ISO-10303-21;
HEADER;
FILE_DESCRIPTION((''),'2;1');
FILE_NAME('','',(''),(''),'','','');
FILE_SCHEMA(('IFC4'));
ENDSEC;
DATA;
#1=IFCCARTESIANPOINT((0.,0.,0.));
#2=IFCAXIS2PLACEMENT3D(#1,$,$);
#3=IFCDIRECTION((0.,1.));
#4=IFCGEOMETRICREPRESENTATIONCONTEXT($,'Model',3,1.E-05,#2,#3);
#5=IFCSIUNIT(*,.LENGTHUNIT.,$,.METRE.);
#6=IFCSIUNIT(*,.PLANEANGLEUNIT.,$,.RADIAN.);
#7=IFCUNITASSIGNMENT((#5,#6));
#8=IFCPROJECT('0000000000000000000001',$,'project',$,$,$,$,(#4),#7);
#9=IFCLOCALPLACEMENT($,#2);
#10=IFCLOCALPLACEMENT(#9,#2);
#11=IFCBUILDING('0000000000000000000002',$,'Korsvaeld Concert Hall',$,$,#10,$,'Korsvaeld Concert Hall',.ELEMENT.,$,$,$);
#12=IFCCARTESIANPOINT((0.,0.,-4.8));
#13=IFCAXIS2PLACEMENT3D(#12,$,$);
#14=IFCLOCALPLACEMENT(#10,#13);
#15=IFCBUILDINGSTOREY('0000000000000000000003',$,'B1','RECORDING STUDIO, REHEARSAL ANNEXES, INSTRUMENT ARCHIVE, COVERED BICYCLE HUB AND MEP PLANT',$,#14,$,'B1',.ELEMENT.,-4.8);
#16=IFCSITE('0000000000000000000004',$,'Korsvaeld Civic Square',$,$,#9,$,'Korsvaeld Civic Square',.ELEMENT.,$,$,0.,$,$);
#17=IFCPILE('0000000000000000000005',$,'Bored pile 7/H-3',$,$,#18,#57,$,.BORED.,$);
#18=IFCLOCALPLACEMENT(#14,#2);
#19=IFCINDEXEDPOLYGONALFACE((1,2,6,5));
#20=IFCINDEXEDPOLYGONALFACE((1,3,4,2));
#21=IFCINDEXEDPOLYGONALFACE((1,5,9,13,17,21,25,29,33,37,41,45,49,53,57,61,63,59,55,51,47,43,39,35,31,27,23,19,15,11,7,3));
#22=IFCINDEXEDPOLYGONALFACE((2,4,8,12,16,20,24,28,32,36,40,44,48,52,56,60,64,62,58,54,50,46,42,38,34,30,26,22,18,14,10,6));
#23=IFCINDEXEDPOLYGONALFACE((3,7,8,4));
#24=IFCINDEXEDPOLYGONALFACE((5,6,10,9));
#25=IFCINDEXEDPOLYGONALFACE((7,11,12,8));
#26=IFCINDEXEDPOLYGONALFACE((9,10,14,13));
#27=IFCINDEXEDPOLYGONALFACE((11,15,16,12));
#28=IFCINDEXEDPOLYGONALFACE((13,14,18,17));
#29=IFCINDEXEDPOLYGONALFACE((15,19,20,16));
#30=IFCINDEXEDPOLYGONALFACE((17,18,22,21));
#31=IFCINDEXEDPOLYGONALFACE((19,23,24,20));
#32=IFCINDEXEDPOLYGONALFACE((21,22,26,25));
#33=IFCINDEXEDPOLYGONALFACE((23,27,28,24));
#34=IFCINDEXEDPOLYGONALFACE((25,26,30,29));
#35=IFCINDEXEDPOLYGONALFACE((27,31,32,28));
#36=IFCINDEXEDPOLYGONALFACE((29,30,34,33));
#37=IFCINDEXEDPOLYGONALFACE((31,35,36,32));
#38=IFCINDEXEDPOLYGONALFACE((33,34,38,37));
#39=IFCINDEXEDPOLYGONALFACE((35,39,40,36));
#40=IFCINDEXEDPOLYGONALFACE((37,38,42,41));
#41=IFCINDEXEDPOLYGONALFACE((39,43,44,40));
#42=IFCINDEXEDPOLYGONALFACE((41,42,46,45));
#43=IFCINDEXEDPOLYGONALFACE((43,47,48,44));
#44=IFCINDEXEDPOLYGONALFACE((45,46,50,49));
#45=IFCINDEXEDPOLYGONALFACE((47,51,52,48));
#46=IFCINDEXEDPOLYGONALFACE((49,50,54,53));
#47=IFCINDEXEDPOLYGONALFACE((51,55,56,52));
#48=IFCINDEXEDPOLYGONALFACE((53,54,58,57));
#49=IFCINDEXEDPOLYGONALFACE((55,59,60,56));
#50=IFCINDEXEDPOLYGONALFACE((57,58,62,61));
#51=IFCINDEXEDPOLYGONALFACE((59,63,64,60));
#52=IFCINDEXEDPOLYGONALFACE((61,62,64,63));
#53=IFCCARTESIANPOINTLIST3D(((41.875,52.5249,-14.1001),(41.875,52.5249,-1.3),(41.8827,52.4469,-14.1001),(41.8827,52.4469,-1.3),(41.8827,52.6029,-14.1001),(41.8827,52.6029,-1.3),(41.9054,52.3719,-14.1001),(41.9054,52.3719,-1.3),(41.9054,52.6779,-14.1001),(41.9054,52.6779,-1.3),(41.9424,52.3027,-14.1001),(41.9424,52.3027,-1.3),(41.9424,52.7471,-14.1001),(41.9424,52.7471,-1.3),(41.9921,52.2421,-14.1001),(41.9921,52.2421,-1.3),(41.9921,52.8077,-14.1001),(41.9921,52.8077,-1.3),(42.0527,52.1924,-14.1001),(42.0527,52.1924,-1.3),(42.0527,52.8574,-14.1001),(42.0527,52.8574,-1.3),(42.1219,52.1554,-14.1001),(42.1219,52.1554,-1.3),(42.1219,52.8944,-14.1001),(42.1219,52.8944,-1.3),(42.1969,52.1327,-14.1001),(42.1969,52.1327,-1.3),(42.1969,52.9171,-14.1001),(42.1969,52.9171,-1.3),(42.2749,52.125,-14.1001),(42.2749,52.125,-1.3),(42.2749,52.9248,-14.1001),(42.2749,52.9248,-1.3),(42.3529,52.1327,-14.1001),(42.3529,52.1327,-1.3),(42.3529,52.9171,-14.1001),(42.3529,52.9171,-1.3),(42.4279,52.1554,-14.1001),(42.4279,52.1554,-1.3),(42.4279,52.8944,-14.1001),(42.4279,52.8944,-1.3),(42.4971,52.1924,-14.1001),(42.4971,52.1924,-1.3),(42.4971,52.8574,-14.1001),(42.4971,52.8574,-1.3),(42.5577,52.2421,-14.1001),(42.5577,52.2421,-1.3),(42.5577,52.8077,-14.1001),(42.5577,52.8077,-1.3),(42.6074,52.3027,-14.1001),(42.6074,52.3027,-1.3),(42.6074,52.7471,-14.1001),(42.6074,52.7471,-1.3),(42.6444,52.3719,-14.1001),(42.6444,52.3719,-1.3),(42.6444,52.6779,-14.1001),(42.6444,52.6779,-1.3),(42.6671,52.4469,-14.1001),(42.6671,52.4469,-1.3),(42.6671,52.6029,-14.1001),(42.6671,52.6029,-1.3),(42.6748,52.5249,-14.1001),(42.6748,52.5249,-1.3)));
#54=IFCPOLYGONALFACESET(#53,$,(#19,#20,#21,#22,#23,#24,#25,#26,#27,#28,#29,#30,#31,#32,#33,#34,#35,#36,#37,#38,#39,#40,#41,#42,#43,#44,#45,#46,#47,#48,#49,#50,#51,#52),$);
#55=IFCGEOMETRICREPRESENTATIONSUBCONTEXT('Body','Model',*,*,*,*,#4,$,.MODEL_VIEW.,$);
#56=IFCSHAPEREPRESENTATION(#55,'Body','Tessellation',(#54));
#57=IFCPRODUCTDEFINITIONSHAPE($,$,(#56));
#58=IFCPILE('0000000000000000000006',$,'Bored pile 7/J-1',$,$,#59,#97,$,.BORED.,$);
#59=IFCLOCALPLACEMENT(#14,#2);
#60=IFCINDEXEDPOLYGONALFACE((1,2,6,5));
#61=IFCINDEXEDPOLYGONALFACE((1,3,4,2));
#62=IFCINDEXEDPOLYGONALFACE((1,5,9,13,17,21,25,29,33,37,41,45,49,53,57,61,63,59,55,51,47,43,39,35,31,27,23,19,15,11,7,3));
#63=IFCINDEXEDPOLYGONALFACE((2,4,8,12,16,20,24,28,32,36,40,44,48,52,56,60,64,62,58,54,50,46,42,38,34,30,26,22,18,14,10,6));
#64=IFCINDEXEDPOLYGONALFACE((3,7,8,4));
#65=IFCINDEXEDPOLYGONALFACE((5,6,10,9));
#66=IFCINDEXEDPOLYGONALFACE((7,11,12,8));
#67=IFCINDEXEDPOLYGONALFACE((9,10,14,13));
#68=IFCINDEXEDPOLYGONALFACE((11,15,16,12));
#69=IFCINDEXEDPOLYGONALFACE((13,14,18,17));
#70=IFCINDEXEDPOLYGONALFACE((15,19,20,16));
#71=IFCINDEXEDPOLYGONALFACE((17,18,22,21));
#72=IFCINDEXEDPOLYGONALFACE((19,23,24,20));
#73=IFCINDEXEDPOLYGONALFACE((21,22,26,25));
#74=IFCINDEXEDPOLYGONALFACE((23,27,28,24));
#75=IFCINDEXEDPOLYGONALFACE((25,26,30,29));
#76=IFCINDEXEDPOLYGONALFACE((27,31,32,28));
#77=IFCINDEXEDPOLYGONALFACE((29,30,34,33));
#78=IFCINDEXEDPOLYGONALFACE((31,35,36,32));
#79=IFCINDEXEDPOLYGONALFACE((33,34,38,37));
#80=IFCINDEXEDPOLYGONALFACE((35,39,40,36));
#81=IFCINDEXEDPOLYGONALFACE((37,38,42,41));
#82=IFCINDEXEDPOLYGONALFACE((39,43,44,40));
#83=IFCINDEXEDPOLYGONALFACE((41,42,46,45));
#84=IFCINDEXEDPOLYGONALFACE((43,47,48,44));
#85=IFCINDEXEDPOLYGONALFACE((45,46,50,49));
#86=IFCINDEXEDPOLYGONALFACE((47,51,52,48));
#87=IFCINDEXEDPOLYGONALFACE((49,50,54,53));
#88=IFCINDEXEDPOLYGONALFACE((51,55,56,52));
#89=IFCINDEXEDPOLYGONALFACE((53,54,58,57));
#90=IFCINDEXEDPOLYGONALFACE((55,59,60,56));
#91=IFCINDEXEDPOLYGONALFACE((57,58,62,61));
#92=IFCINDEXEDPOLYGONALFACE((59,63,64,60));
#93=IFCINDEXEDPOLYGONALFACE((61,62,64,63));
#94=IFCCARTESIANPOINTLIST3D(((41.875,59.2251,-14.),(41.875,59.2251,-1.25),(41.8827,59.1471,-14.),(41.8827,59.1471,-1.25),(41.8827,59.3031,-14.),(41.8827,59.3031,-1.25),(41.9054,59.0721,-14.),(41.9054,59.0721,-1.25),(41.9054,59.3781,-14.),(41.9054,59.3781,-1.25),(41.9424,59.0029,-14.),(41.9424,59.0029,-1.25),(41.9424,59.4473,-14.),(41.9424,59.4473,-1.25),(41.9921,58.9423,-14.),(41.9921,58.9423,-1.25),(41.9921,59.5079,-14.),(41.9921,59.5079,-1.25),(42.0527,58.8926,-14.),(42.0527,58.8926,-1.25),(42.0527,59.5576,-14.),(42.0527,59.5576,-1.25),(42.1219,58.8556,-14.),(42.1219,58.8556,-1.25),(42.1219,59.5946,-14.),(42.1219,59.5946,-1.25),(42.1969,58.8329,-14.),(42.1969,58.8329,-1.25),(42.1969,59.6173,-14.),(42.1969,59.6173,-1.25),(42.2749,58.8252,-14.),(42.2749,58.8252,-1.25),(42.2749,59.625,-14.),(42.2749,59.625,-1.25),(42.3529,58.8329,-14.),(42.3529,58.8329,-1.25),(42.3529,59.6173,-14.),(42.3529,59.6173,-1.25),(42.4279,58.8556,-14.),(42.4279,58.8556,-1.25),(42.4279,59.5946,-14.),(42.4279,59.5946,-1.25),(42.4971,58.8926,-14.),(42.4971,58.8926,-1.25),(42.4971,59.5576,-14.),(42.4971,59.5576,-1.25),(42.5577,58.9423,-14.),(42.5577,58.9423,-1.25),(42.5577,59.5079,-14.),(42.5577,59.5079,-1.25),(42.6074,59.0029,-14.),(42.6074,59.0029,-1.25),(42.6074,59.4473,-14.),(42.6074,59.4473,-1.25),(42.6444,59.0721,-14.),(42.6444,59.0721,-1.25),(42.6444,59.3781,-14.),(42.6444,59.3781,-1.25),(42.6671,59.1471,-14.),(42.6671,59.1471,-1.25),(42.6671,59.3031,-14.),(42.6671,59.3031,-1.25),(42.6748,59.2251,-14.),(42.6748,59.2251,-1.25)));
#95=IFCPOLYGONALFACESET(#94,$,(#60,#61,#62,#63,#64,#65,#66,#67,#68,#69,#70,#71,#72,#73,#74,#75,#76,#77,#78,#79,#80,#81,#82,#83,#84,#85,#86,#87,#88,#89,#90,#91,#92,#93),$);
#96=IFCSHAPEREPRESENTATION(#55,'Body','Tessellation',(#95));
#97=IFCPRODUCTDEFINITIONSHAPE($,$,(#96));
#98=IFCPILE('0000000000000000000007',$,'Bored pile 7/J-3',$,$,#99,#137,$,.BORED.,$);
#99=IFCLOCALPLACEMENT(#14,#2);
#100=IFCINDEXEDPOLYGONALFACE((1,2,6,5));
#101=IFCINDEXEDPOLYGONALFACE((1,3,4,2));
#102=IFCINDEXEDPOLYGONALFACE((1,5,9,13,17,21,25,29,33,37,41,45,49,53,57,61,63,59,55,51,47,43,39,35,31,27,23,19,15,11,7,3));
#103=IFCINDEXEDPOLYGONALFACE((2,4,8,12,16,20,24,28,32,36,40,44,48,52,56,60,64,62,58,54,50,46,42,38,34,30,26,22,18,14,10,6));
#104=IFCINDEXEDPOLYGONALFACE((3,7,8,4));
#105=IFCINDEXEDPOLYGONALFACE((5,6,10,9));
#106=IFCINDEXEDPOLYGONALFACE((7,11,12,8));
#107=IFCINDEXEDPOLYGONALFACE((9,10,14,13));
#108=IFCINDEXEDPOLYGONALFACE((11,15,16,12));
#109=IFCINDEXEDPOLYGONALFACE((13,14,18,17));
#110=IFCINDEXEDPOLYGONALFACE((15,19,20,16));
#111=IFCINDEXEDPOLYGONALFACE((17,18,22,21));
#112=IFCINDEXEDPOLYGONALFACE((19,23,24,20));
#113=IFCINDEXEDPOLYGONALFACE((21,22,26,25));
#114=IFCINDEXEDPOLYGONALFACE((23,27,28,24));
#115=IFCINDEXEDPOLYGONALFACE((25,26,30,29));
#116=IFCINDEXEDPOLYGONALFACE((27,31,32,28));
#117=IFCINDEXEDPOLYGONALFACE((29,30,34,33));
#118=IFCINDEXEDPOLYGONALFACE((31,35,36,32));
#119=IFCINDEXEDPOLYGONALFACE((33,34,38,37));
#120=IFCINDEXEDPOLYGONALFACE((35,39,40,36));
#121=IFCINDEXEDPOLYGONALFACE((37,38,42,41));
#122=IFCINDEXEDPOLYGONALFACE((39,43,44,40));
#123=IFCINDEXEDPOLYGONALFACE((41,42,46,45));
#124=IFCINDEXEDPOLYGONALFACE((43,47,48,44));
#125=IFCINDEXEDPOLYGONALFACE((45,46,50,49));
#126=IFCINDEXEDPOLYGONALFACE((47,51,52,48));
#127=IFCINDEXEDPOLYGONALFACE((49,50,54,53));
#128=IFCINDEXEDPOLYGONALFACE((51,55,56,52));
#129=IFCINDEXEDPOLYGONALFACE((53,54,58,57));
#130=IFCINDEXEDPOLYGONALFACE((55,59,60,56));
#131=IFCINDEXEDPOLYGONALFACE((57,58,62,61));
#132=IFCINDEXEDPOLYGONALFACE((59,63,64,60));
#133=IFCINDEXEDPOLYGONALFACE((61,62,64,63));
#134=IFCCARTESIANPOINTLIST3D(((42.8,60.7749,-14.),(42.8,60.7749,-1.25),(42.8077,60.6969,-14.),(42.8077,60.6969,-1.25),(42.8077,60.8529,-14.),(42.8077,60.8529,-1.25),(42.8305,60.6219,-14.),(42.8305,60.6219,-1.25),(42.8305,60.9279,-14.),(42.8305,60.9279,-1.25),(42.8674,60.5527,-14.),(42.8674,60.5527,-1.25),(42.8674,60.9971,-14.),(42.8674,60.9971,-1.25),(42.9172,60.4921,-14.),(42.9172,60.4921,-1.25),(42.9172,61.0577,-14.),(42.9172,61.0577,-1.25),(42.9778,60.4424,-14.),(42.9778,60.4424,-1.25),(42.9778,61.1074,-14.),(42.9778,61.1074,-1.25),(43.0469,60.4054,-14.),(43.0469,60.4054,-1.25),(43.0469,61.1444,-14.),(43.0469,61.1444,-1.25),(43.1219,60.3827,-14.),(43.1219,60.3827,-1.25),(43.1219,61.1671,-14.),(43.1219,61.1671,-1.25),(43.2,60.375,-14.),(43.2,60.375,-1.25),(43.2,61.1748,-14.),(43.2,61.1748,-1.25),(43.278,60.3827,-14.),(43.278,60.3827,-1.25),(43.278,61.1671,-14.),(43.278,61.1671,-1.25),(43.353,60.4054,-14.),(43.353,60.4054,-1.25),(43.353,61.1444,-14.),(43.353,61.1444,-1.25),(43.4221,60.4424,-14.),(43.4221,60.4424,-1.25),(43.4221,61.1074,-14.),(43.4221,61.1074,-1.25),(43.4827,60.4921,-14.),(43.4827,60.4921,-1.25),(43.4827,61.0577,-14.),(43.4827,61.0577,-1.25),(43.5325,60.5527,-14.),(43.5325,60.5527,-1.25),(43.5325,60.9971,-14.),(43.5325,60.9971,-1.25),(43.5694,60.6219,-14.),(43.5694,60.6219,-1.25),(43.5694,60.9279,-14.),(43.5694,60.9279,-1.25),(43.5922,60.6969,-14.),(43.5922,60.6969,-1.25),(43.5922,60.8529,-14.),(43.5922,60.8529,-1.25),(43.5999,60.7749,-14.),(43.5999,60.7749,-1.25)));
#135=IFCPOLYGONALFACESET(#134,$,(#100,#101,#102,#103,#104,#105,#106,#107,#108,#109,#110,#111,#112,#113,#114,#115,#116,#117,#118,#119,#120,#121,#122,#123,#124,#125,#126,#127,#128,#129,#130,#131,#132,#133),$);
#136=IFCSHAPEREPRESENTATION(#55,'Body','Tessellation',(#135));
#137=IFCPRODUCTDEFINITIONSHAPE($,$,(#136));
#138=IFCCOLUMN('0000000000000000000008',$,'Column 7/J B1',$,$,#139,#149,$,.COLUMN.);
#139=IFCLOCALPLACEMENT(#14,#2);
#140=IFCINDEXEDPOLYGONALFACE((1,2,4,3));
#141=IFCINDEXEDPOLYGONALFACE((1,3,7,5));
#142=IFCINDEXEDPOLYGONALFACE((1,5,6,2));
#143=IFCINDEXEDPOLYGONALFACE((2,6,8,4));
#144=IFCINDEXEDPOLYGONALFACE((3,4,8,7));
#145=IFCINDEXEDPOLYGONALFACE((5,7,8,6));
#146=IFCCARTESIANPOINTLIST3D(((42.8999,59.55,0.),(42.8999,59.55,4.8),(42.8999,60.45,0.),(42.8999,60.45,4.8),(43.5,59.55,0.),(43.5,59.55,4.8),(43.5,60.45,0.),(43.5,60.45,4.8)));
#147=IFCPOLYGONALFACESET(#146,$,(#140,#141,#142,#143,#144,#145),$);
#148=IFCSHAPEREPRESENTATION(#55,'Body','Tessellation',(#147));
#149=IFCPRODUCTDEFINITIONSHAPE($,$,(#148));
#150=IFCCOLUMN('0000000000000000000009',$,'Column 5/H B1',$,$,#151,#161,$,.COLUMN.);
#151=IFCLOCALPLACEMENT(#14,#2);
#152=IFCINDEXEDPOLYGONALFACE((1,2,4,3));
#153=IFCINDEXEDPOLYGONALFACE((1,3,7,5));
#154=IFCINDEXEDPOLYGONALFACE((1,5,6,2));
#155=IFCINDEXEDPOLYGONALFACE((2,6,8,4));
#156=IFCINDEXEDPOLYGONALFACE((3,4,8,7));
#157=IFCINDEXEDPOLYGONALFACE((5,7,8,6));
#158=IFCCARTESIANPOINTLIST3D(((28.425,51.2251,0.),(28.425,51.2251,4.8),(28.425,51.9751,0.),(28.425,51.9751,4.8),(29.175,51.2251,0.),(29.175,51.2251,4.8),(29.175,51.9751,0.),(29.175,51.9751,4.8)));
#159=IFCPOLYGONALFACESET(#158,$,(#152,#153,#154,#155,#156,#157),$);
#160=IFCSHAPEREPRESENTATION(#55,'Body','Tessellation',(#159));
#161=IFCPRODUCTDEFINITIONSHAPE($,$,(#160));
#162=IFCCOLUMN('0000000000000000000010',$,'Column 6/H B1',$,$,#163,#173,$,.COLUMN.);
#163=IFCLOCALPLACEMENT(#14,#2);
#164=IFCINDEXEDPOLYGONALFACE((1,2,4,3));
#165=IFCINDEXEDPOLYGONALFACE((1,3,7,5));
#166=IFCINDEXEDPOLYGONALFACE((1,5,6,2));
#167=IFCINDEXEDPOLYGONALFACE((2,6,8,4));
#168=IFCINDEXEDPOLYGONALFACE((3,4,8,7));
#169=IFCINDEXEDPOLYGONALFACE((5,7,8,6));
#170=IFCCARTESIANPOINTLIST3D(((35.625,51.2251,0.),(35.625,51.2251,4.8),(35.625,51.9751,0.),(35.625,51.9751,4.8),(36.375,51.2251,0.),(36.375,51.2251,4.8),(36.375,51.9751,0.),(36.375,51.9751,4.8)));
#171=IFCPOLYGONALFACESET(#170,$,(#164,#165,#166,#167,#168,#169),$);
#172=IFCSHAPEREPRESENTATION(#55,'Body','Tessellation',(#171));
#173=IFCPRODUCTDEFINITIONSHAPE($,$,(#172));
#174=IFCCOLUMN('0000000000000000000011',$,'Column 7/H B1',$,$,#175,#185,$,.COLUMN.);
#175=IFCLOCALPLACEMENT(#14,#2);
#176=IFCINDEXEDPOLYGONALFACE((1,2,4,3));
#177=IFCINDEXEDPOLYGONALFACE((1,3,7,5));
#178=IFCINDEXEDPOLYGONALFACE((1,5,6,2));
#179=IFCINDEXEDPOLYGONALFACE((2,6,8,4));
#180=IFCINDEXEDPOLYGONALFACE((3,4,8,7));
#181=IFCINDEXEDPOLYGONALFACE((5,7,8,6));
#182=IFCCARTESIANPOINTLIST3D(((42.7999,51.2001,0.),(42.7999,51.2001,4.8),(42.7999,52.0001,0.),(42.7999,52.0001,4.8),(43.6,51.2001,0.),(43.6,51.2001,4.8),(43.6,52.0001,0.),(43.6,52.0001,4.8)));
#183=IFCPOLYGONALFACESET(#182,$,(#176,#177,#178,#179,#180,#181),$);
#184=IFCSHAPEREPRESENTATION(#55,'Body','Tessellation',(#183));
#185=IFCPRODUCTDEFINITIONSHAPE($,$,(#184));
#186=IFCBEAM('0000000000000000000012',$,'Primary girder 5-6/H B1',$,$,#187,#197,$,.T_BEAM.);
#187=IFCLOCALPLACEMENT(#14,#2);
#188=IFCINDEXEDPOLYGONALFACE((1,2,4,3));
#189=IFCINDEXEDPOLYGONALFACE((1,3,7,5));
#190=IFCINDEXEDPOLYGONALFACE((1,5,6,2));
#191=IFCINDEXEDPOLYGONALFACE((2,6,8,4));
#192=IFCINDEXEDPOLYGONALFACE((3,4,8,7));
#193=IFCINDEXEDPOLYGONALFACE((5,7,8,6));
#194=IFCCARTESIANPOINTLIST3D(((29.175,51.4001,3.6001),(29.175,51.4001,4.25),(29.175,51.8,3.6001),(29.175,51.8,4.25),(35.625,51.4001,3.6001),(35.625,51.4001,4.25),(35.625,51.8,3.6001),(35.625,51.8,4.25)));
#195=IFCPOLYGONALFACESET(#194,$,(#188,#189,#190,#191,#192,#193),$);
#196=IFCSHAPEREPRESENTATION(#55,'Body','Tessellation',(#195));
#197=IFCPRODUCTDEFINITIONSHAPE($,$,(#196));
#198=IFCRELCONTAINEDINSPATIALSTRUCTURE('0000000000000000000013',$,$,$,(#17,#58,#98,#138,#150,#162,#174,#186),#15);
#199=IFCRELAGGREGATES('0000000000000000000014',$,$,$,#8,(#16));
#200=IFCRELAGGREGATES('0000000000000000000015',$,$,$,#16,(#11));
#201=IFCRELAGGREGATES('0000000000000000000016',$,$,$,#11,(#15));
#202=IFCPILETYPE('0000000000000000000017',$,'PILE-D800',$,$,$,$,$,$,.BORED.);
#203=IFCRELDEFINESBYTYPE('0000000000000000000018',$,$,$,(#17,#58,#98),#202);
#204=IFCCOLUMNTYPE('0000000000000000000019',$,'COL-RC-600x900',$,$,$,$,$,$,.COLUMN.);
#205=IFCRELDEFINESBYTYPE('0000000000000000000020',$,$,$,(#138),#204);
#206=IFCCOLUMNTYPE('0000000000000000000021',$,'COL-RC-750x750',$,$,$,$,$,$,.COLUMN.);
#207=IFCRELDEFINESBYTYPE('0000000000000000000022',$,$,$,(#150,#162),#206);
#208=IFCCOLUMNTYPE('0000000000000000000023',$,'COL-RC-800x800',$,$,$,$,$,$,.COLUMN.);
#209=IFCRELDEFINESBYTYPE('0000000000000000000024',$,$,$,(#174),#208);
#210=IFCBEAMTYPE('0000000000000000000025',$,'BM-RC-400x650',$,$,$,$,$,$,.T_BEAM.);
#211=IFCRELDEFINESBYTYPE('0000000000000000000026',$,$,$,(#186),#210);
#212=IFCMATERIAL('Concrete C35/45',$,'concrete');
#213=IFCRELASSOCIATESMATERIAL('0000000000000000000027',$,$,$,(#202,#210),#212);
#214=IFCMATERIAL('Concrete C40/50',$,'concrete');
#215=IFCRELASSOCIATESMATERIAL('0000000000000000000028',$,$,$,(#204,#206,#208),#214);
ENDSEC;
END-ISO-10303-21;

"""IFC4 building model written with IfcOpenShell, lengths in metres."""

from ifc_helpers import new_model, si_unit, direction, frame, origin, origin_2d, place, context, subcontext, project, spatial, rectangle, circle, extrude, material, material_profile, profile_set, type_object, element, save


model = new_model("IFC4")

# Units and contexts
model_context = context("Model", 3, precision=1e-05, world=origin(), true_north=direction((0.0, 1.0)))
body_context = subcontext(model_context, "Body", "Model", "MODEL_VIEW")
ifc_project = project(units=[si_unit("LENGTHUNIT", "METRE"), si_unit("PLANEANGLEUNIT", "RADIAN")], contexts=[model_context])

# Site, building, storey
site_placement = place(None, origin())
site = spatial("IfcSite", under=ifc_project, at=site_placement, Name="Korsvaeld Civic Square", LongName="Korsvaeld Civic Square", CompositionType="ELEMENT", RefElevation=0.0)
building_placement = place(site_placement, origin())
building = spatial("IfcBuilding", under=site, at=building_placement, Name="Korsvaeld Concert Hall", LongName="Korsvaeld Concert Hall", CompositionType="ELEMENT")
storey_placement = place(building_placement, frame((0.0, 0.0, -4.8)))
storey = spatial("IfcBuildingStorey", under=building, at=storey_placement, Name="B1", Description="RECORDING STUDIO, REHEARSAL ANNEXES, INSTRUMENT ARCHIVE, COVERED BICYCLE HUB AND MEP PLANT", LongName="B1", CompositionType="ELEMENT", Elevation=-4.8)

# Shared definitions
ifc_material_1 = material(Name="Concrete C35/45", Category="concrete")

# Piles
ifc_material_profile_1 = material_profile(ifc_material_1, circle(Radius=0.3999, at=origin_2d()), Name="BORED PILE D800")
ifc_profile_set_1 = profile_set([ifc_material_profile_1], Name="Concrete C35/45")
pile_type = type_object("IfcPileType", Name="PILE-D800", PredefinedType="BORED", material=ifc_profile_set_1)
pile_placement = place(storey_placement, frame((42.2749, 52.5249, -1.3), z_axis=(0.0, 0.0, -1.0), x_axis=(1.0, 0.0, 0.0)))
element("IfcPile", 1, at=pile_placement, inside=storey, type_object=pile_type, Name="Bored pile 7/H-3", PredefinedType="BORED", context=body_context, shape_type="SweptSolid", body=[
    extrude(circle(Radius=0.3999, at=origin_2d()), origin(), (0.0, 0.0, 1.0), 12.8),
])
for number, where, z_axis, x_axis, name in (
    (2, (42.2749, 59.2251, -1.25), (0.0, 0.0, -1.0), (1.0, 0.0, 0.0), "Bored pile 7/J-1"),
    (3, (43.2, 60.7749, -1.25), (0.0, 0.0, -1.0), (1.0, 0.0, 0.0), "Bored pile 7/J-3"),
):
    element("IfcPile", number, at=place(storey_placement, frame(where, z_axis=z_axis, x_axis=x_axis)), inside=storey, type_object=pile_type, Name=name, PredefinedType="BORED", context=body_context, shape_type="SweptSolid", body=[
        extrude(circle(Radius=0.3999, at=origin_2d()), origin(), (0.0, 0.0, 1.0), 12.75),
    ])

# Columns
ifc_material_2 = material(Name="Concrete C40/50", Category="concrete")
ifc_material_profile_2 = material_profile(ifc_material_2, rectangle(XDim=0.6001, YDim=0.8999, at=origin_2d()), Name="RC 600x900")
ifc_profile_set_2 = profile_set([ifc_material_profile_2], Name="Concrete C40/50")
column_type_1 = type_object("IfcColumnType", Name="COL-RC-600x900", PredefinedType="COLUMN", material=ifc_profile_set_2)
column_1_placement = place(storey_placement, frame((43.2, 60.0, 0.0), z_axis=(0.0, 0.0, 1.0), x_axis=(1.0, 0.0, 0.0)))
element("IfcColumn", 4, at=column_1_placement, inside=storey, type_object=column_type_1, Name="Column 7/J B1", PredefinedType="COLUMN", context=body_context, shape_type="SweptSolid", body=[
    extrude(rectangle(XDim=0.6001, YDim=0.8999, at=origin_2d()), origin(), (0.0, 0.0, 1.0), 4.8),
])
ifc_material_profile_3 = material_profile(ifc_material_2, rectangle(XDim=0.75, YDim=0.75, at=origin_2d()), Name="RC 750x750")
ifc_profile_set_3 = profile_set([ifc_material_profile_3], Name="Concrete C40/50")
column_type_2 = type_object("IfcColumnType", Name="COL-RC-750x750", PredefinedType="COLUMN", material=ifc_profile_set_3)
for number, where, z_axis, x_axis, name in (
    (5, (28.8, 51.6001, 0.0), (0.0, 0.0, 1.0), (1.0, 0.0, 0.0), "Column 5/H B1"),
    (6, (36.0, 51.6001, 0.0), (0.0, 0.0, 1.0), (1.0, 0.0, 0.0), "Column 6/H B1"),
):
    element("IfcColumn", number, at=place(storey_placement, frame(where, z_axis=z_axis, x_axis=x_axis)), inside=storey, type_object=column_type_2, Name=name, PredefinedType="COLUMN", context=body_context, shape_type="SweptSolid", body=[
        extrude(rectangle(XDim=0.75, YDim=0.75, at=origin_2d()), origin(), (0.0, 0.0, 1.0), 4.8),
    ])
ifc_material_profile_4 = material_profile(ifc_material_2, rectangle(XDim=0.8, YDim=0.8, at=origin_2d()), Name="RC 800x800")
ifc_profile_set_4 = profile_set([ifc_material_profile_4], Name="Concrete C40/50")
column_type_3 = type_object("IfcColumnType", Name="COL-RC-800x800", PredefinedType="COLUMN", material=ifc_profile_set_4)
column_2_placement = place(storey_placement, frame((43.2, 51.6001, 0.0), z_axis=(0.0, 0.0, 1.0), x_axis=(1.0, 0.0, 0.0)))
element("IfcColumn", 7, at=column_2_placement, inside=storey, type_object=column_type_3, Name="Column 7/H B1", PredefinedType="COLUMN", context=body_context, shape_type="SweptSolid", body=[
    extrude(rectangle(XDim=0.8, YDim=0.8, at=origin_2d()), origin(), (0.0, 0.0, 1.0), 4.8),
])

# Beam
ifc_material_profile_5 = material_profile(ifc_material_1, rectangle(XDim=0.3999, YDim=0.6499, at=origin_2d()), Name="RC 400x650")
ifc_profile_set_5 = profile_set([ifc_material_profile_5], Name="Concrete C35/45")
beam_type_1 = type_object("IfcBeamType", Name="BM-RC-400x650", PredefinedType="T_BEAM", material=ifc_profile_set_5)
beam_1_placement = place(storey_placement, frame((29.175, 51.6001, 3.925), z_axis=(1.0, 0.0, 0.0), x_axis=(0.0, 1.0, 0.0)))
element("IfcBeam", 8, at=beam_1_placement, inside=storey, type_object=beam_type_1, Name="Primary girder 5-6/H B1", PredefinedType="T_BEAM", context=body_context, shape_type="SweptSolid", body=[
    extrude(rectangle(XDim=0.3999, YDim=0.6499, at=origin_2d()), origin(), (0.0, 0.0, 1.0), 6.45),
])

save(model, "model.ifc")
